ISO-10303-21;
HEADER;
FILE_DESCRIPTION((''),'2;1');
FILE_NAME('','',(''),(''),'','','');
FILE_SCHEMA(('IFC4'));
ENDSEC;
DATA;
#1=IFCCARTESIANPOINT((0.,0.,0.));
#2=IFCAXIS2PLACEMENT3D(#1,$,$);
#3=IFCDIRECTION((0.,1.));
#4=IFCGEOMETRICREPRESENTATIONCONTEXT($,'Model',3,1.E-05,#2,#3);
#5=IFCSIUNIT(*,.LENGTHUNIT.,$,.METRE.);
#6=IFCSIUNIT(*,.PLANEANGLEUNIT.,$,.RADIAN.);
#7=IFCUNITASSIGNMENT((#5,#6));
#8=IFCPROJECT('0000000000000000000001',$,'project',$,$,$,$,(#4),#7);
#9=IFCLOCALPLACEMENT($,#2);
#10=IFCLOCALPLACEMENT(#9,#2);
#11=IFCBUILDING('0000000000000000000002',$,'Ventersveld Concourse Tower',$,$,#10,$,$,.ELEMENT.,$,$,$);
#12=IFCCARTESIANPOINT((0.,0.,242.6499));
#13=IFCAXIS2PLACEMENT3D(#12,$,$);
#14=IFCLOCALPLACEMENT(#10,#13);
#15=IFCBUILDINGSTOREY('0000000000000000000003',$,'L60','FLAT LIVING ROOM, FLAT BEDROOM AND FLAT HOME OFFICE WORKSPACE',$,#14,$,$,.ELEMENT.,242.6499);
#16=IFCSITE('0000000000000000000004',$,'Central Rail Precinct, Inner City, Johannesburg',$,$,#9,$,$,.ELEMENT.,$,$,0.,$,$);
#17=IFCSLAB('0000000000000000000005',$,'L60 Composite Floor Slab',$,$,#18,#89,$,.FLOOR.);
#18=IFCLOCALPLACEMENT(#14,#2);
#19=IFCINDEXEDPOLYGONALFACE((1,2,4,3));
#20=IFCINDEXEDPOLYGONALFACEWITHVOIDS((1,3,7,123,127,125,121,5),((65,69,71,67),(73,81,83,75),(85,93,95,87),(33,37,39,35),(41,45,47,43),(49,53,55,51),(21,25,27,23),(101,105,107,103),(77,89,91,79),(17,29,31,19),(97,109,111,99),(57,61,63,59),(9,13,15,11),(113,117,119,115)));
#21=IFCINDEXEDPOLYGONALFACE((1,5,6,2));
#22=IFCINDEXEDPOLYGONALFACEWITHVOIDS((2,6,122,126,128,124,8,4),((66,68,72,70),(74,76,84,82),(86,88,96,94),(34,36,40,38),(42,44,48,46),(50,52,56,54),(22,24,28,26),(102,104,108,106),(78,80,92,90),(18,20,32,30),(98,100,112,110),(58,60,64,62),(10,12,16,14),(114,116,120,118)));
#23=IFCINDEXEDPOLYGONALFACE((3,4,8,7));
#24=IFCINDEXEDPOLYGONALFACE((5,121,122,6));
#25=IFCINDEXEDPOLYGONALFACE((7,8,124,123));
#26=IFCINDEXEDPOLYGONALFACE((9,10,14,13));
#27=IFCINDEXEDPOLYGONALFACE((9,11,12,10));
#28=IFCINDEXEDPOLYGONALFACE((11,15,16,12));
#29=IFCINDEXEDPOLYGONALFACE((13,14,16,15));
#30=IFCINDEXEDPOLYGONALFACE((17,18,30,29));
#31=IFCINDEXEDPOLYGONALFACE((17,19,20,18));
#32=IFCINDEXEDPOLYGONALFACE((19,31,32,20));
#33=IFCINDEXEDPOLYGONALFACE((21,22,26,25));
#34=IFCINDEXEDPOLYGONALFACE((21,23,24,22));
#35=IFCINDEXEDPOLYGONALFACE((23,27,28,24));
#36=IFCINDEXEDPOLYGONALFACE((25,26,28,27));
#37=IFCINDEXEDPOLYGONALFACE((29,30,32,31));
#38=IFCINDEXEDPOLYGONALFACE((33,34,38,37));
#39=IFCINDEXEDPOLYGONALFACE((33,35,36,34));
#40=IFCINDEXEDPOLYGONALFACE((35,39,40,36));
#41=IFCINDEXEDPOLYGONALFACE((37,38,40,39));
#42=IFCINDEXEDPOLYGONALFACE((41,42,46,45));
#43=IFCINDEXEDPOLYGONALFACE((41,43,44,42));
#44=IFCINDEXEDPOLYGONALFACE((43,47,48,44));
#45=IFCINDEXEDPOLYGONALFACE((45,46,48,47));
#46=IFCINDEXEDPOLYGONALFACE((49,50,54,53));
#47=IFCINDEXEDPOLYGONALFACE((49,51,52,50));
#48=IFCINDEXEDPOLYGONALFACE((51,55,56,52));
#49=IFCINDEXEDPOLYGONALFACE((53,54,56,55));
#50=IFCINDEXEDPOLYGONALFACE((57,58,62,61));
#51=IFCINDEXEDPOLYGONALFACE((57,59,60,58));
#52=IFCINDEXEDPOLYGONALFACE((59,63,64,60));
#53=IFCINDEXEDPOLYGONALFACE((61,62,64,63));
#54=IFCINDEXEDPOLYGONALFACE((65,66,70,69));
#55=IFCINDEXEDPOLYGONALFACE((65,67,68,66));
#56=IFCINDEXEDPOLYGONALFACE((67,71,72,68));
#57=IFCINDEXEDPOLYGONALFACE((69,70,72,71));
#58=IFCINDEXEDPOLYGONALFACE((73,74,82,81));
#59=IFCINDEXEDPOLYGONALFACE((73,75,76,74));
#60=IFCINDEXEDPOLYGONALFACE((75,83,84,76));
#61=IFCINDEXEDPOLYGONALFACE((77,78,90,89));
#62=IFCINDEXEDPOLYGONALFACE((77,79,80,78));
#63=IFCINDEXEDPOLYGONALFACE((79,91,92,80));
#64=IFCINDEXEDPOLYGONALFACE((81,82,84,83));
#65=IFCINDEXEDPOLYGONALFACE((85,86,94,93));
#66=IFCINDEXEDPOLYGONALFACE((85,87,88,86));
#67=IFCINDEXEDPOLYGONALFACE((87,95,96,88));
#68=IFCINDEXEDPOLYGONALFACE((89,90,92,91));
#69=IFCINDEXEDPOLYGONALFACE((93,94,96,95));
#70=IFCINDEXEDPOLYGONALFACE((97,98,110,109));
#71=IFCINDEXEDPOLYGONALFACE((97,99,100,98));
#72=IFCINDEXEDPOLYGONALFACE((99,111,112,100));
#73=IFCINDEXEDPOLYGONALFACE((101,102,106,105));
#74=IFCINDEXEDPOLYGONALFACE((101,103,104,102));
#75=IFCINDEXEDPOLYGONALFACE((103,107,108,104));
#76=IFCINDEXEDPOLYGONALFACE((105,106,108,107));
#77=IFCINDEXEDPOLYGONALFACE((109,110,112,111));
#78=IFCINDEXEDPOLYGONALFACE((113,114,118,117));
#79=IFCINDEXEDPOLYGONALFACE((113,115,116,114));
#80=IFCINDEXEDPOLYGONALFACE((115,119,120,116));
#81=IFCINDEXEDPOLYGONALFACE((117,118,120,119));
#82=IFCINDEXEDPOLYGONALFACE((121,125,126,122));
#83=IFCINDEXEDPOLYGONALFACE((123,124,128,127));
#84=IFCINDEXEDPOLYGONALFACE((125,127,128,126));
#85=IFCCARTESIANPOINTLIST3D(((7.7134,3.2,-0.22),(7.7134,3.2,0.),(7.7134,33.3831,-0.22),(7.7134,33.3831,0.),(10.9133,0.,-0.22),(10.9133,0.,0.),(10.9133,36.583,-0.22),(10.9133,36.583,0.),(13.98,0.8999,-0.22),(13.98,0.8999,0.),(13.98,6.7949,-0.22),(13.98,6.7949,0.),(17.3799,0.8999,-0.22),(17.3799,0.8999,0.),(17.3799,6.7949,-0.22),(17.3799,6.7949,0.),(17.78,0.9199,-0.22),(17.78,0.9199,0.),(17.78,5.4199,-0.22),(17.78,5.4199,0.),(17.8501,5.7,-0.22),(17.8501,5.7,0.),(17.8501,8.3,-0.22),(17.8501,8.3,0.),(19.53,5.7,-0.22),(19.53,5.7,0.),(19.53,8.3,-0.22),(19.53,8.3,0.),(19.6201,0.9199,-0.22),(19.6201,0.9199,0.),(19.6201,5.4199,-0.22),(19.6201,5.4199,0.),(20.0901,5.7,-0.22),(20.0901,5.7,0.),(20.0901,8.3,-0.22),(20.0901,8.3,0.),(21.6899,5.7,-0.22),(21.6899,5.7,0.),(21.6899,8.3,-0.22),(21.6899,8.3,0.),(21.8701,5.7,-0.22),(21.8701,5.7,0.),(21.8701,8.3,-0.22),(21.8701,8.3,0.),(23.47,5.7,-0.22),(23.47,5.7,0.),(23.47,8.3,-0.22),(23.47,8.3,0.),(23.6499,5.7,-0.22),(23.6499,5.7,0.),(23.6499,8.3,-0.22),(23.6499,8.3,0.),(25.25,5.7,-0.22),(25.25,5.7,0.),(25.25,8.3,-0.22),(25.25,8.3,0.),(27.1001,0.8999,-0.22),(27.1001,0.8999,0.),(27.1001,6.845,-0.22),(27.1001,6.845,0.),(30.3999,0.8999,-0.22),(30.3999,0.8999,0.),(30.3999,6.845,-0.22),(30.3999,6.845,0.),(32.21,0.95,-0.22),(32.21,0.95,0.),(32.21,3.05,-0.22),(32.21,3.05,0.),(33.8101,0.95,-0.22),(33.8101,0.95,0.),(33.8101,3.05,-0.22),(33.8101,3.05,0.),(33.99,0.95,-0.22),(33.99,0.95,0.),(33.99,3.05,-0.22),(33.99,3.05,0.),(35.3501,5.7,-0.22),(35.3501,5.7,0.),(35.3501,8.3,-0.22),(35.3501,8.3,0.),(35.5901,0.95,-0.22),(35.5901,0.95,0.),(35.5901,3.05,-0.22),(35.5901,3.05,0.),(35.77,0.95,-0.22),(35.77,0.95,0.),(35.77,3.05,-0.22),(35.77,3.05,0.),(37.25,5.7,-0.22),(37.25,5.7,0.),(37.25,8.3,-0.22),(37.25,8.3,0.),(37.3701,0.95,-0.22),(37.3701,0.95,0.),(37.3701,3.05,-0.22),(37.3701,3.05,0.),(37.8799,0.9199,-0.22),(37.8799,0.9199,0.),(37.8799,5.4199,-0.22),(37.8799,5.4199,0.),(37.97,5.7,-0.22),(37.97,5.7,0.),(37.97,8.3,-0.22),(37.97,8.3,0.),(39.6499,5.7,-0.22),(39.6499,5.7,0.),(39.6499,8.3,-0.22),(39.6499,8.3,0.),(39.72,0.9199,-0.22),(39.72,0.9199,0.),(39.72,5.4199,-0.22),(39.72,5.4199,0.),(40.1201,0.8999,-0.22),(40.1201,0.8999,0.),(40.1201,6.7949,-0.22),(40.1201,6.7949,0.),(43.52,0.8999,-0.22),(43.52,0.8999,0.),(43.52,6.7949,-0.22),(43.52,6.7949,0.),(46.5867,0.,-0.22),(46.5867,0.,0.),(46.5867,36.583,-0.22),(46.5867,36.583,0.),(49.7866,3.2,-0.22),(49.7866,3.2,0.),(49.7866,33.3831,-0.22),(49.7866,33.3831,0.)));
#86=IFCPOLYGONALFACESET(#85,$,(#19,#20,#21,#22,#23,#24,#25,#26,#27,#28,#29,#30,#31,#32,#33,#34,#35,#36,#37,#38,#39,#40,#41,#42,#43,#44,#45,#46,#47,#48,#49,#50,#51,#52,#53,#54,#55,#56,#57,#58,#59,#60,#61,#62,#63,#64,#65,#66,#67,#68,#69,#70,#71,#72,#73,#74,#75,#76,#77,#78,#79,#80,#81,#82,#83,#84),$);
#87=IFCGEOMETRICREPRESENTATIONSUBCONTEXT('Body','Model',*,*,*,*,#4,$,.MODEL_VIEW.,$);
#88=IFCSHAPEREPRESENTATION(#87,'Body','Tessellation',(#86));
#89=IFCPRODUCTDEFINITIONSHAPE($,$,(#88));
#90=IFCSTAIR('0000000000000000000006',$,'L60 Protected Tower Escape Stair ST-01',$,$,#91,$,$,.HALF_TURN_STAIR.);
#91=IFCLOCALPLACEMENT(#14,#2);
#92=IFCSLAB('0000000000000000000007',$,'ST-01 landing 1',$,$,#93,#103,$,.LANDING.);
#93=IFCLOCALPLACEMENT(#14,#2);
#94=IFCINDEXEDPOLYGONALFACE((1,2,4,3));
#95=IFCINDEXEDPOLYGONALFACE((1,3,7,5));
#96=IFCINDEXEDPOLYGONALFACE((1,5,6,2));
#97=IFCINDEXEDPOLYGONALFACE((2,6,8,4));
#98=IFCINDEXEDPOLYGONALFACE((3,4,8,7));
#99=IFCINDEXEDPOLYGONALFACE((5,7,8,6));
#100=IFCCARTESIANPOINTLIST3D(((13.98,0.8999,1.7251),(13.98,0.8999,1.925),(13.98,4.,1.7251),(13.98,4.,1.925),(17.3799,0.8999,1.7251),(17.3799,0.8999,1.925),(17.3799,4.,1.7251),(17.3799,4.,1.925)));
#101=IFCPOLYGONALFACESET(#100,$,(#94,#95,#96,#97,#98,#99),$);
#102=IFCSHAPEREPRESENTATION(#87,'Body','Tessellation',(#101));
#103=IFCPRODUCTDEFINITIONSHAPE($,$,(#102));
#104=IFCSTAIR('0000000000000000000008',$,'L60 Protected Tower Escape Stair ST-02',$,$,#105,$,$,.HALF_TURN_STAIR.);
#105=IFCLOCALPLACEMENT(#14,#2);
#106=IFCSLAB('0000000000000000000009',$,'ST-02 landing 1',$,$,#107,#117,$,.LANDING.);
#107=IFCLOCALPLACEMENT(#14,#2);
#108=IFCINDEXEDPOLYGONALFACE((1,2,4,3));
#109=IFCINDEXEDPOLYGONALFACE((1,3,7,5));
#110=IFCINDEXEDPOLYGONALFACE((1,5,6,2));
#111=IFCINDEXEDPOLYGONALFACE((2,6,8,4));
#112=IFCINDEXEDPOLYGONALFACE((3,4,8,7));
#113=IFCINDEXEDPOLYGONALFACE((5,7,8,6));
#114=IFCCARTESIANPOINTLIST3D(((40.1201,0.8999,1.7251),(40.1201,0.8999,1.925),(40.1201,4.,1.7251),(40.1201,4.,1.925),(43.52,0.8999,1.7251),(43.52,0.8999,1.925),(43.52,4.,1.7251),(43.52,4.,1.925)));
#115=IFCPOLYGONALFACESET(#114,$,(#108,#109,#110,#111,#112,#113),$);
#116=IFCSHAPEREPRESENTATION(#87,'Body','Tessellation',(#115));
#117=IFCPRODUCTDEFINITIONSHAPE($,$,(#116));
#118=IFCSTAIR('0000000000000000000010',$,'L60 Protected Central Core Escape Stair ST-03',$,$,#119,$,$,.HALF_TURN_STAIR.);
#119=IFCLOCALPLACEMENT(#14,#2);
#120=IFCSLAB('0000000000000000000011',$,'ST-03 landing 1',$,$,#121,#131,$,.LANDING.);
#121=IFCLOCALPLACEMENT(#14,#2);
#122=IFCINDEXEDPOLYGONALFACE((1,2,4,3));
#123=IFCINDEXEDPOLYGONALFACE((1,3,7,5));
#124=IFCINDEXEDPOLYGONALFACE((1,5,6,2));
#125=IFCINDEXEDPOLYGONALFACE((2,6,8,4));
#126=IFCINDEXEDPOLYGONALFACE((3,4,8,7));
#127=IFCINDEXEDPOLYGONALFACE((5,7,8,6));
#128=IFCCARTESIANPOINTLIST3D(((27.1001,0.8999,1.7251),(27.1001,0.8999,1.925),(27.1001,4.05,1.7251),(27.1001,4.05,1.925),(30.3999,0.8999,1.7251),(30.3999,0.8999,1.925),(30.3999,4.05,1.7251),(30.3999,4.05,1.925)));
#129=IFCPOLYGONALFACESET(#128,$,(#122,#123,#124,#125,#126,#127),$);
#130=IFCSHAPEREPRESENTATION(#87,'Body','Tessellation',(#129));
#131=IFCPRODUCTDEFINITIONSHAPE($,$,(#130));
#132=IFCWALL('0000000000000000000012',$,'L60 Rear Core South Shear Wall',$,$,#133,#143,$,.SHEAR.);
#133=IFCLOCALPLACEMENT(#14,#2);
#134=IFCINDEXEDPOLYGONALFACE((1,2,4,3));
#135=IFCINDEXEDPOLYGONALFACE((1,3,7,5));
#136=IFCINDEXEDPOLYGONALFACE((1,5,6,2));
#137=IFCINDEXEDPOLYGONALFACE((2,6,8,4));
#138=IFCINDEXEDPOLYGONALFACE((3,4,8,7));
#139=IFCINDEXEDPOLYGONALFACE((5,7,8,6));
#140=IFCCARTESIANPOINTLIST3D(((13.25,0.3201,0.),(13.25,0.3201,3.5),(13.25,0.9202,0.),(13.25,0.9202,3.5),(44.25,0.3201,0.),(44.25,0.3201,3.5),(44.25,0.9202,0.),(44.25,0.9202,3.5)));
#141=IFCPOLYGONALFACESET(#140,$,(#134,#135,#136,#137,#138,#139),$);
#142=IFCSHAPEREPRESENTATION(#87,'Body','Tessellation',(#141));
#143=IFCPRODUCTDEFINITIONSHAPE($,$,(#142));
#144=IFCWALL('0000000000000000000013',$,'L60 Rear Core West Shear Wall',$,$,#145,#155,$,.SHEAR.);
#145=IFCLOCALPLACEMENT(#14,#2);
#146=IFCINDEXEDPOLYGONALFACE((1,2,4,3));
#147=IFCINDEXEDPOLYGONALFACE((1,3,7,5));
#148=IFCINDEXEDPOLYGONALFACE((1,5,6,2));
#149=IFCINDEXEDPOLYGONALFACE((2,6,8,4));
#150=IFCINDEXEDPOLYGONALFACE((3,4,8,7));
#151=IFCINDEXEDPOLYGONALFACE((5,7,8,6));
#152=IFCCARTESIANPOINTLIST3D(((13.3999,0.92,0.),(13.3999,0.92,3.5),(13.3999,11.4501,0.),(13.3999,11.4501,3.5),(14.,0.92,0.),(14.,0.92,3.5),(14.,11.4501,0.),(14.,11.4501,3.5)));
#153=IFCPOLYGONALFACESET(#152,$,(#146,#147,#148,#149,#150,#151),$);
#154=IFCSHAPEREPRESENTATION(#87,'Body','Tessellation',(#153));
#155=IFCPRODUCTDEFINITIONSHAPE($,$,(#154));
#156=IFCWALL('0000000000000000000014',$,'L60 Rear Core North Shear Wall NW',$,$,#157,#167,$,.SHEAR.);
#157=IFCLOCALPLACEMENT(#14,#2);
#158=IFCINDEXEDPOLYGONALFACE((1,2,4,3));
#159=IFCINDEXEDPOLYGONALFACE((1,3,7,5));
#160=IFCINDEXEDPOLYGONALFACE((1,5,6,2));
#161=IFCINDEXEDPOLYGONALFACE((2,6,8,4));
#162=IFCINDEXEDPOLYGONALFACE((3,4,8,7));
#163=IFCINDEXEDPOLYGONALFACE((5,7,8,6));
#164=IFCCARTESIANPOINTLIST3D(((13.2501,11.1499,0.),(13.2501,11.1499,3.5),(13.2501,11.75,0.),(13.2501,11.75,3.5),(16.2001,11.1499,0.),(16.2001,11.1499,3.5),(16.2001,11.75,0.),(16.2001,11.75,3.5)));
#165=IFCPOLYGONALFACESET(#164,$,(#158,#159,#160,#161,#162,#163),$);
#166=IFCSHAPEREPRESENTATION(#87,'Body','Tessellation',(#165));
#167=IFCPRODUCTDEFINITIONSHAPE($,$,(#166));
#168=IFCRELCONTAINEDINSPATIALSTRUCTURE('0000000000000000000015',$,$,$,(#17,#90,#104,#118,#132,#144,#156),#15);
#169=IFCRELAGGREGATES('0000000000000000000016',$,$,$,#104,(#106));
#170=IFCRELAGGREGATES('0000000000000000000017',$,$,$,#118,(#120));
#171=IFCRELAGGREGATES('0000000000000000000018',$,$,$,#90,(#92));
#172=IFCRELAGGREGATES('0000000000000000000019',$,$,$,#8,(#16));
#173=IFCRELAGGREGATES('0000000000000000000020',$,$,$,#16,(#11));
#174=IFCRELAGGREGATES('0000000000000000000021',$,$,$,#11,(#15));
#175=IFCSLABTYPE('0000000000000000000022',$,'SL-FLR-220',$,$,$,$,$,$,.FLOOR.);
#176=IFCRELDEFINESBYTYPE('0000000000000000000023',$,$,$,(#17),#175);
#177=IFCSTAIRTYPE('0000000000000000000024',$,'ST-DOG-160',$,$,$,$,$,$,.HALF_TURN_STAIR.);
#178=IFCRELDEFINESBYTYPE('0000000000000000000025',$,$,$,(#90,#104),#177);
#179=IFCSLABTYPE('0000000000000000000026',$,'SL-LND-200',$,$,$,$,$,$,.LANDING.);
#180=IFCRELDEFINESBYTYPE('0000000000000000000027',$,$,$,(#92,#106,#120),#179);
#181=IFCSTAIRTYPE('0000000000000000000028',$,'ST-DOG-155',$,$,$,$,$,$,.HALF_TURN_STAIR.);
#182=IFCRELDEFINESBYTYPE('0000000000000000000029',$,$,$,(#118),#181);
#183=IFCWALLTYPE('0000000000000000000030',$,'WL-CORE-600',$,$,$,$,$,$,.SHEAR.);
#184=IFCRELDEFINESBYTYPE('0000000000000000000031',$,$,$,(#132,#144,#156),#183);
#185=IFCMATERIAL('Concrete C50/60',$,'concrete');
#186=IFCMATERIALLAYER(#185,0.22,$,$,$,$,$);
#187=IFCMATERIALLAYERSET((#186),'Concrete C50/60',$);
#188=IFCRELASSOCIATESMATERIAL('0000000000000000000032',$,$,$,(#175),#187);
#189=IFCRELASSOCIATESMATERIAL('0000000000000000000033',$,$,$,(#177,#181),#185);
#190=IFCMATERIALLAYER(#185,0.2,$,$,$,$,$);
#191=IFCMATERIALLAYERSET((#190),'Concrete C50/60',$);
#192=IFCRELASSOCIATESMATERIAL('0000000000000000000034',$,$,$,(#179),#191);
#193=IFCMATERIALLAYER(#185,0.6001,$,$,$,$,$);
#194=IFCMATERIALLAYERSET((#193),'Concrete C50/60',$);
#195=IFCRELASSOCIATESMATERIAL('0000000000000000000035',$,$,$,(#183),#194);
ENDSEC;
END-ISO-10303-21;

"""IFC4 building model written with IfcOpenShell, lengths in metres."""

from ifc_helpers import new_model, si_unit, direction, frame, frame_2d, origin, place, context, subcontext, project, spatial, polyline, rectangle, outline, extrude, material, layer, layer_set, type_object, element, aggregate, save


model = new_model("IFC4")

# Units and contexts
model_context = context("Model", 3, precision=1e-05, world=origin(), true_north=direction((0.0, 1.0)))
body_context = subcontext(model_context, "Body", "Model", "MODEL_VIEW")
ifc_project = project(units=[si_unit("LENGTHUNIT", "METRE"), si_unit("PLANEANGLEUNIT", "RADIAN")], contexts=[model_context])

# Site, building, storey
site_placement = place(None, origin())
site = spatial("IfcSite", under=ifc_project, at=site_placement, Name="Central Rail Precinct, Inner City, Johannesburg", CompositionType="ELEMENT", RefElevation=0.0)
building_placement = place(site_placement, origin())
building = spatial("IfcBuilding", under=site, at=building_placement, Name="Ventersveld Concourse Tower", CompositionType="ELEMENT")
storey_placement = place(building_placement, frame((0.0, 0.0, 242.6499)))
storey = spatial("IfcBuildingStorey", under=building, at=storey_placement, Name="L60", Description="FLAT LIVING ROOM, FLAT BEDROOM AND FLAT HOME OFFICE WORKSPACE", CompositionType="ELEMENT", Elevation=242.6499)

# Shared definitions
ifc_material_1 = material(Name="Concrete C50/60", Category="concrete")

# Slab
ifc_layer_1 = layer(ifc_material_1, 0.22)
ifc_layer_set_1 = layer_set([ifc_layer_1], Name="Concrete C50/60")
slab_type_1 = type_object("IfcSlabType", Name="SL-FLR-220", PredefinedType="FLOOR", material=ifc_layer_set_1)
slab_1_placement = place(storey_placement, frame((0.0, 0.0, -0.22)))
element("IfcSlab", 1, at=slab_1_placement, inside=storey, type_object=slab_type_1, Name="L60 Composite Floor Slab", PredefinedType="FLOOR", context=body_context, shape_type="SweptSolid", body=[
    extrude(outline(polyline([(10.9133, 0.0), (46.5867, 0.0), (49.7866, 3.2), (49.7866, 33.3831), (46.5867, 36.583), (10.9133, 36.583), (7.7134, 33.3831), (7.7134, 3.2), (10.9133, 0.0)]), holes=[polyline([(13.98, 6.7949), (13.98, 0.8999), (17.3799, 0.8999), (17.3799, 6.7949), (13.98, 6.7949)]), polyline([(40.1201, 6.7949), (40.1201, 0.8999), (43.52, 0.8999), (43.52, 6.7949), (40.1201, 6.7949)]), polyline([(27.1001, 6.845), (27.1001, 0.8999), (30.3999, 0.8999), (30.3999, 6.845), (27.1001, 6.845)]), polyline([(17.8501, 5.7), (19.53, 5.7), (19.53, 8.3), (17.8501, 8.3), (17.8501, 5.7)]), polyline([(37.97, 5.7), (39.6499, 5.7), (39.6499, 8.3), (37.97, 8.3), (37.97, 5.7)]), polyline([(35.3501, 5.7), (37.25, 5.7), (37.25, 8.3), (35.3501, 8.3), (35.3501, 5.7)]), polyline([(32.21, 0.95), (33.8101, 0.95), (33.8101, 3.05), (32.21, 3.05), (32.21, 0.95)]), polyline([(33.99, 0.95), (35.5901, 0.95), (35.5901, 3.05), (33.99, 3.05), (33.99, 0.95)]), polyline([(35.77, 0.95), (37.3701, 0.95), (37.3701, 3.05), (35.77, 3.05), (35.77, 0.95)]), polyline([(20.0901, 5.7), (21.6899, 5.7), (21.6899, 8.3), (20.0901, 8.3), (20.0901, 5.7)]), polyline([(21.8701, 5.7), (23.47, 5.7), (23.47, 8.3), (21.8701, 8.3), (21.8701, 5.7)]), polyline([(23.6499, 5.7), (25.25, 5.7), (25.25, 8.3), (23.6499, 8.3), (23.6499, 5.7)]), polyline([(17.78, 0.9199), (19.6201, 0.9199), (19.6201, 5.4199), (17.78, 5.4199), (17.78, 0.9199)]), polyline([(37.8799, 0.9199), (39.72, 0.9199), (39.72, 5.4199), (37.8799, 5.4199), (37.8799, 0.9199)])]), origin(), (0.0, 0.0, 1.0), 0.22),
])

# Stairs, slabs
stair_type_1 = type_object("IfcStairType", Name="ST-DOG-160", PredefinedType="HALF_TURN_STAIR", material=ifc_material_1)
stair_1_placement = place(storey_placement, origin())
stair_1 = element("IfcStair", 2, at=stair_1_placement, inside=storey, type_object=stair_type_1, Name="L60 Protected Tower Escape Stair ST-01", PredefinedType="HALF_TURN_STAIR")
ifc_layer_2 = layer(ifc_material_1, 0.2)
ifc_layer_set_2 = layer_set([ifc_layer_2], Name="Concrete C50/60")
slab_type_2 = type_object("IfcSlabType", Name="SL-LND-200", PredefinedType="LANDING", material=ifc_layer_set_2)
slab_2_placement = place(storey_placement, frame((0.0, 0.0, 1.7251)))
slab_2 = element("IfcSlab", 3, at=slab_2_placement, type_object=slab_type_2, Name="ST-01 landing 1", PredefinedType="LANDING", context=body_context, shape_type="SweptSolid", body=[
    extrude(outline(polyline([(13.98, 4.0), (13.98, 0.8999), (17.3799, 0.8999), (17.3799, 4.0), (13.98, 4.0)])), origin(), (0.0, 0.0, 1.0), 0.2),
])
stair_2_placement = place(storey_placement, origin())
stair_2 = element("IfcStair", 4, at=stair_2_placement, inside=storey, type_object=stair_type_1, Name="L60 Protected Tower Escape Stair ST-02", PredefinedType="HALF_TURN_STAIR")
slab_3_placement = place(storey_placement, frame((0.0, 0.0, 1.7251)))
slab_3 = element("IfcSlab", 5, at=slab_3_placement, type_object=slab_type_2, Name="ST-02 landing 1", PredefinedType="LANDING", context=body_context, shape_type="SweptSolid", body=[
    extrude(outline(polyline([(40.1201, 4.0), (40.1201, 0.8999), (43.52, 0.8999), (43.52, 4.0), (40.1201, 4.0)])), origin(), (0.0, 0.0, 1.0), 0.2),
])
aggregate(stair_2, [slab_3])
stair_type_2 = type_object("IfcStairType", Name="ST-DOG-155", PredefinedType="HALF_TURN_STAIR", material=ifc_material_1)
stair_3_placement = place(storey_placement, origin())
stair_3 = element("IfcStair", 6, at=stair_3_placement, inside=storey, type_object=stair_type_2, Name="L60 Protected Central Core Escape Stair ST-03", PredefinedType="HALF_TURN_STAIR")
slab_4_placement = place(storey_placement, frame((0.0, 0.0, 1.7251)))
slab_4 = element("IfcSlab", 7, at=slab_4_placement, type_object=slab_type_2, Name="ST-03 landing 1", PredefinedType="LANDING", context=body_context, shape_type="SweptSolid", body=[
    extrude(outline(polyline([(27.1001, 4.05), (27.1001, 0.8999), (30.3999, 0.8999), (30.3999, 4.05), (27.1001, 4.05)])), origin(), (0.0, 0.0, 1.0), 0.2),
])
aggregate(stair_3, [slab_4])

# Walls
ifc_layer_3 = layer(ifc_material_1, 0.6001)
ifc_layer_set_3 = layer_set([ifc_layer_3], Name="Concrete C50/60")
wall_type_1 = type_object("IfcWallType", Name="WL-CORE-600", PredefinedType="SHEAR", material=ifc_layer_set_3)
wall_1_placement = place(storey_placement, frame((13.25, 0.6201, 0.0), z_axis=(0.0, 0.0, 1.0), x_axis=(1.0, 0.0, 0.0)))
element("IfcWall", 8, at=wall_1_placement, inside=storey, type_object=wall_type_1, Name="L60 Rear Core South Shear Wall", PredefinedType="SHEAR", context=body_context, shape_type="SweptSolid", body=[
    extrude(rectangle(XDim=31.0, YDim=0.6001, at=frame_2d((15.5, 0.0))), origin(), (0.0, 0.0, 1.0), 3.5),
])
wall_2_placement = place(storey_placement, frame((13.7, 0.9199, 0.0), z_axis=(0.0, 0.0, 1.0), x_axis=(0.0, 1.0, 0.0)))
element("IfcWall", 9, at=wall_2_placement, inside=storey, type_object=wall_type_1, Name="L60 Rear Core West Shear Wall", PredefinedType="SHEAR", context=body_context, shape_type="SweptSolid", body=[
    extrude(rectangle(XDim=10.53, YDim=0.6001, at=frame_2d((5.2651, 0.0))), origin(), (0.0, 0.0, 1.0), 3.5),
])
wall_3_placement = place(storey_placement, frame((13.25, 11.45, 0.0), z_axis=(0.0, 0.0, 1.0), x_axis=(1.0, 0.0, 0.0)))
element("IfcWall", 10, at=wall_3_placement, inside=storey, type_object=wall_type_1, Name="L60 Rear Core North Shear Wall NW", PredefinedType="SHEAR", context=body_context, shape_type="SweptSolid", body=[
    extrude(rectangle(XDim=2.95, YDim=0.6001, at=frame_2d((1.4751, 0.0))), origin(), (0.0, 0.0, 1.0), 3.5),
])

aggregate(stair_1, [slab_2])

save(model, "model.ifc")
